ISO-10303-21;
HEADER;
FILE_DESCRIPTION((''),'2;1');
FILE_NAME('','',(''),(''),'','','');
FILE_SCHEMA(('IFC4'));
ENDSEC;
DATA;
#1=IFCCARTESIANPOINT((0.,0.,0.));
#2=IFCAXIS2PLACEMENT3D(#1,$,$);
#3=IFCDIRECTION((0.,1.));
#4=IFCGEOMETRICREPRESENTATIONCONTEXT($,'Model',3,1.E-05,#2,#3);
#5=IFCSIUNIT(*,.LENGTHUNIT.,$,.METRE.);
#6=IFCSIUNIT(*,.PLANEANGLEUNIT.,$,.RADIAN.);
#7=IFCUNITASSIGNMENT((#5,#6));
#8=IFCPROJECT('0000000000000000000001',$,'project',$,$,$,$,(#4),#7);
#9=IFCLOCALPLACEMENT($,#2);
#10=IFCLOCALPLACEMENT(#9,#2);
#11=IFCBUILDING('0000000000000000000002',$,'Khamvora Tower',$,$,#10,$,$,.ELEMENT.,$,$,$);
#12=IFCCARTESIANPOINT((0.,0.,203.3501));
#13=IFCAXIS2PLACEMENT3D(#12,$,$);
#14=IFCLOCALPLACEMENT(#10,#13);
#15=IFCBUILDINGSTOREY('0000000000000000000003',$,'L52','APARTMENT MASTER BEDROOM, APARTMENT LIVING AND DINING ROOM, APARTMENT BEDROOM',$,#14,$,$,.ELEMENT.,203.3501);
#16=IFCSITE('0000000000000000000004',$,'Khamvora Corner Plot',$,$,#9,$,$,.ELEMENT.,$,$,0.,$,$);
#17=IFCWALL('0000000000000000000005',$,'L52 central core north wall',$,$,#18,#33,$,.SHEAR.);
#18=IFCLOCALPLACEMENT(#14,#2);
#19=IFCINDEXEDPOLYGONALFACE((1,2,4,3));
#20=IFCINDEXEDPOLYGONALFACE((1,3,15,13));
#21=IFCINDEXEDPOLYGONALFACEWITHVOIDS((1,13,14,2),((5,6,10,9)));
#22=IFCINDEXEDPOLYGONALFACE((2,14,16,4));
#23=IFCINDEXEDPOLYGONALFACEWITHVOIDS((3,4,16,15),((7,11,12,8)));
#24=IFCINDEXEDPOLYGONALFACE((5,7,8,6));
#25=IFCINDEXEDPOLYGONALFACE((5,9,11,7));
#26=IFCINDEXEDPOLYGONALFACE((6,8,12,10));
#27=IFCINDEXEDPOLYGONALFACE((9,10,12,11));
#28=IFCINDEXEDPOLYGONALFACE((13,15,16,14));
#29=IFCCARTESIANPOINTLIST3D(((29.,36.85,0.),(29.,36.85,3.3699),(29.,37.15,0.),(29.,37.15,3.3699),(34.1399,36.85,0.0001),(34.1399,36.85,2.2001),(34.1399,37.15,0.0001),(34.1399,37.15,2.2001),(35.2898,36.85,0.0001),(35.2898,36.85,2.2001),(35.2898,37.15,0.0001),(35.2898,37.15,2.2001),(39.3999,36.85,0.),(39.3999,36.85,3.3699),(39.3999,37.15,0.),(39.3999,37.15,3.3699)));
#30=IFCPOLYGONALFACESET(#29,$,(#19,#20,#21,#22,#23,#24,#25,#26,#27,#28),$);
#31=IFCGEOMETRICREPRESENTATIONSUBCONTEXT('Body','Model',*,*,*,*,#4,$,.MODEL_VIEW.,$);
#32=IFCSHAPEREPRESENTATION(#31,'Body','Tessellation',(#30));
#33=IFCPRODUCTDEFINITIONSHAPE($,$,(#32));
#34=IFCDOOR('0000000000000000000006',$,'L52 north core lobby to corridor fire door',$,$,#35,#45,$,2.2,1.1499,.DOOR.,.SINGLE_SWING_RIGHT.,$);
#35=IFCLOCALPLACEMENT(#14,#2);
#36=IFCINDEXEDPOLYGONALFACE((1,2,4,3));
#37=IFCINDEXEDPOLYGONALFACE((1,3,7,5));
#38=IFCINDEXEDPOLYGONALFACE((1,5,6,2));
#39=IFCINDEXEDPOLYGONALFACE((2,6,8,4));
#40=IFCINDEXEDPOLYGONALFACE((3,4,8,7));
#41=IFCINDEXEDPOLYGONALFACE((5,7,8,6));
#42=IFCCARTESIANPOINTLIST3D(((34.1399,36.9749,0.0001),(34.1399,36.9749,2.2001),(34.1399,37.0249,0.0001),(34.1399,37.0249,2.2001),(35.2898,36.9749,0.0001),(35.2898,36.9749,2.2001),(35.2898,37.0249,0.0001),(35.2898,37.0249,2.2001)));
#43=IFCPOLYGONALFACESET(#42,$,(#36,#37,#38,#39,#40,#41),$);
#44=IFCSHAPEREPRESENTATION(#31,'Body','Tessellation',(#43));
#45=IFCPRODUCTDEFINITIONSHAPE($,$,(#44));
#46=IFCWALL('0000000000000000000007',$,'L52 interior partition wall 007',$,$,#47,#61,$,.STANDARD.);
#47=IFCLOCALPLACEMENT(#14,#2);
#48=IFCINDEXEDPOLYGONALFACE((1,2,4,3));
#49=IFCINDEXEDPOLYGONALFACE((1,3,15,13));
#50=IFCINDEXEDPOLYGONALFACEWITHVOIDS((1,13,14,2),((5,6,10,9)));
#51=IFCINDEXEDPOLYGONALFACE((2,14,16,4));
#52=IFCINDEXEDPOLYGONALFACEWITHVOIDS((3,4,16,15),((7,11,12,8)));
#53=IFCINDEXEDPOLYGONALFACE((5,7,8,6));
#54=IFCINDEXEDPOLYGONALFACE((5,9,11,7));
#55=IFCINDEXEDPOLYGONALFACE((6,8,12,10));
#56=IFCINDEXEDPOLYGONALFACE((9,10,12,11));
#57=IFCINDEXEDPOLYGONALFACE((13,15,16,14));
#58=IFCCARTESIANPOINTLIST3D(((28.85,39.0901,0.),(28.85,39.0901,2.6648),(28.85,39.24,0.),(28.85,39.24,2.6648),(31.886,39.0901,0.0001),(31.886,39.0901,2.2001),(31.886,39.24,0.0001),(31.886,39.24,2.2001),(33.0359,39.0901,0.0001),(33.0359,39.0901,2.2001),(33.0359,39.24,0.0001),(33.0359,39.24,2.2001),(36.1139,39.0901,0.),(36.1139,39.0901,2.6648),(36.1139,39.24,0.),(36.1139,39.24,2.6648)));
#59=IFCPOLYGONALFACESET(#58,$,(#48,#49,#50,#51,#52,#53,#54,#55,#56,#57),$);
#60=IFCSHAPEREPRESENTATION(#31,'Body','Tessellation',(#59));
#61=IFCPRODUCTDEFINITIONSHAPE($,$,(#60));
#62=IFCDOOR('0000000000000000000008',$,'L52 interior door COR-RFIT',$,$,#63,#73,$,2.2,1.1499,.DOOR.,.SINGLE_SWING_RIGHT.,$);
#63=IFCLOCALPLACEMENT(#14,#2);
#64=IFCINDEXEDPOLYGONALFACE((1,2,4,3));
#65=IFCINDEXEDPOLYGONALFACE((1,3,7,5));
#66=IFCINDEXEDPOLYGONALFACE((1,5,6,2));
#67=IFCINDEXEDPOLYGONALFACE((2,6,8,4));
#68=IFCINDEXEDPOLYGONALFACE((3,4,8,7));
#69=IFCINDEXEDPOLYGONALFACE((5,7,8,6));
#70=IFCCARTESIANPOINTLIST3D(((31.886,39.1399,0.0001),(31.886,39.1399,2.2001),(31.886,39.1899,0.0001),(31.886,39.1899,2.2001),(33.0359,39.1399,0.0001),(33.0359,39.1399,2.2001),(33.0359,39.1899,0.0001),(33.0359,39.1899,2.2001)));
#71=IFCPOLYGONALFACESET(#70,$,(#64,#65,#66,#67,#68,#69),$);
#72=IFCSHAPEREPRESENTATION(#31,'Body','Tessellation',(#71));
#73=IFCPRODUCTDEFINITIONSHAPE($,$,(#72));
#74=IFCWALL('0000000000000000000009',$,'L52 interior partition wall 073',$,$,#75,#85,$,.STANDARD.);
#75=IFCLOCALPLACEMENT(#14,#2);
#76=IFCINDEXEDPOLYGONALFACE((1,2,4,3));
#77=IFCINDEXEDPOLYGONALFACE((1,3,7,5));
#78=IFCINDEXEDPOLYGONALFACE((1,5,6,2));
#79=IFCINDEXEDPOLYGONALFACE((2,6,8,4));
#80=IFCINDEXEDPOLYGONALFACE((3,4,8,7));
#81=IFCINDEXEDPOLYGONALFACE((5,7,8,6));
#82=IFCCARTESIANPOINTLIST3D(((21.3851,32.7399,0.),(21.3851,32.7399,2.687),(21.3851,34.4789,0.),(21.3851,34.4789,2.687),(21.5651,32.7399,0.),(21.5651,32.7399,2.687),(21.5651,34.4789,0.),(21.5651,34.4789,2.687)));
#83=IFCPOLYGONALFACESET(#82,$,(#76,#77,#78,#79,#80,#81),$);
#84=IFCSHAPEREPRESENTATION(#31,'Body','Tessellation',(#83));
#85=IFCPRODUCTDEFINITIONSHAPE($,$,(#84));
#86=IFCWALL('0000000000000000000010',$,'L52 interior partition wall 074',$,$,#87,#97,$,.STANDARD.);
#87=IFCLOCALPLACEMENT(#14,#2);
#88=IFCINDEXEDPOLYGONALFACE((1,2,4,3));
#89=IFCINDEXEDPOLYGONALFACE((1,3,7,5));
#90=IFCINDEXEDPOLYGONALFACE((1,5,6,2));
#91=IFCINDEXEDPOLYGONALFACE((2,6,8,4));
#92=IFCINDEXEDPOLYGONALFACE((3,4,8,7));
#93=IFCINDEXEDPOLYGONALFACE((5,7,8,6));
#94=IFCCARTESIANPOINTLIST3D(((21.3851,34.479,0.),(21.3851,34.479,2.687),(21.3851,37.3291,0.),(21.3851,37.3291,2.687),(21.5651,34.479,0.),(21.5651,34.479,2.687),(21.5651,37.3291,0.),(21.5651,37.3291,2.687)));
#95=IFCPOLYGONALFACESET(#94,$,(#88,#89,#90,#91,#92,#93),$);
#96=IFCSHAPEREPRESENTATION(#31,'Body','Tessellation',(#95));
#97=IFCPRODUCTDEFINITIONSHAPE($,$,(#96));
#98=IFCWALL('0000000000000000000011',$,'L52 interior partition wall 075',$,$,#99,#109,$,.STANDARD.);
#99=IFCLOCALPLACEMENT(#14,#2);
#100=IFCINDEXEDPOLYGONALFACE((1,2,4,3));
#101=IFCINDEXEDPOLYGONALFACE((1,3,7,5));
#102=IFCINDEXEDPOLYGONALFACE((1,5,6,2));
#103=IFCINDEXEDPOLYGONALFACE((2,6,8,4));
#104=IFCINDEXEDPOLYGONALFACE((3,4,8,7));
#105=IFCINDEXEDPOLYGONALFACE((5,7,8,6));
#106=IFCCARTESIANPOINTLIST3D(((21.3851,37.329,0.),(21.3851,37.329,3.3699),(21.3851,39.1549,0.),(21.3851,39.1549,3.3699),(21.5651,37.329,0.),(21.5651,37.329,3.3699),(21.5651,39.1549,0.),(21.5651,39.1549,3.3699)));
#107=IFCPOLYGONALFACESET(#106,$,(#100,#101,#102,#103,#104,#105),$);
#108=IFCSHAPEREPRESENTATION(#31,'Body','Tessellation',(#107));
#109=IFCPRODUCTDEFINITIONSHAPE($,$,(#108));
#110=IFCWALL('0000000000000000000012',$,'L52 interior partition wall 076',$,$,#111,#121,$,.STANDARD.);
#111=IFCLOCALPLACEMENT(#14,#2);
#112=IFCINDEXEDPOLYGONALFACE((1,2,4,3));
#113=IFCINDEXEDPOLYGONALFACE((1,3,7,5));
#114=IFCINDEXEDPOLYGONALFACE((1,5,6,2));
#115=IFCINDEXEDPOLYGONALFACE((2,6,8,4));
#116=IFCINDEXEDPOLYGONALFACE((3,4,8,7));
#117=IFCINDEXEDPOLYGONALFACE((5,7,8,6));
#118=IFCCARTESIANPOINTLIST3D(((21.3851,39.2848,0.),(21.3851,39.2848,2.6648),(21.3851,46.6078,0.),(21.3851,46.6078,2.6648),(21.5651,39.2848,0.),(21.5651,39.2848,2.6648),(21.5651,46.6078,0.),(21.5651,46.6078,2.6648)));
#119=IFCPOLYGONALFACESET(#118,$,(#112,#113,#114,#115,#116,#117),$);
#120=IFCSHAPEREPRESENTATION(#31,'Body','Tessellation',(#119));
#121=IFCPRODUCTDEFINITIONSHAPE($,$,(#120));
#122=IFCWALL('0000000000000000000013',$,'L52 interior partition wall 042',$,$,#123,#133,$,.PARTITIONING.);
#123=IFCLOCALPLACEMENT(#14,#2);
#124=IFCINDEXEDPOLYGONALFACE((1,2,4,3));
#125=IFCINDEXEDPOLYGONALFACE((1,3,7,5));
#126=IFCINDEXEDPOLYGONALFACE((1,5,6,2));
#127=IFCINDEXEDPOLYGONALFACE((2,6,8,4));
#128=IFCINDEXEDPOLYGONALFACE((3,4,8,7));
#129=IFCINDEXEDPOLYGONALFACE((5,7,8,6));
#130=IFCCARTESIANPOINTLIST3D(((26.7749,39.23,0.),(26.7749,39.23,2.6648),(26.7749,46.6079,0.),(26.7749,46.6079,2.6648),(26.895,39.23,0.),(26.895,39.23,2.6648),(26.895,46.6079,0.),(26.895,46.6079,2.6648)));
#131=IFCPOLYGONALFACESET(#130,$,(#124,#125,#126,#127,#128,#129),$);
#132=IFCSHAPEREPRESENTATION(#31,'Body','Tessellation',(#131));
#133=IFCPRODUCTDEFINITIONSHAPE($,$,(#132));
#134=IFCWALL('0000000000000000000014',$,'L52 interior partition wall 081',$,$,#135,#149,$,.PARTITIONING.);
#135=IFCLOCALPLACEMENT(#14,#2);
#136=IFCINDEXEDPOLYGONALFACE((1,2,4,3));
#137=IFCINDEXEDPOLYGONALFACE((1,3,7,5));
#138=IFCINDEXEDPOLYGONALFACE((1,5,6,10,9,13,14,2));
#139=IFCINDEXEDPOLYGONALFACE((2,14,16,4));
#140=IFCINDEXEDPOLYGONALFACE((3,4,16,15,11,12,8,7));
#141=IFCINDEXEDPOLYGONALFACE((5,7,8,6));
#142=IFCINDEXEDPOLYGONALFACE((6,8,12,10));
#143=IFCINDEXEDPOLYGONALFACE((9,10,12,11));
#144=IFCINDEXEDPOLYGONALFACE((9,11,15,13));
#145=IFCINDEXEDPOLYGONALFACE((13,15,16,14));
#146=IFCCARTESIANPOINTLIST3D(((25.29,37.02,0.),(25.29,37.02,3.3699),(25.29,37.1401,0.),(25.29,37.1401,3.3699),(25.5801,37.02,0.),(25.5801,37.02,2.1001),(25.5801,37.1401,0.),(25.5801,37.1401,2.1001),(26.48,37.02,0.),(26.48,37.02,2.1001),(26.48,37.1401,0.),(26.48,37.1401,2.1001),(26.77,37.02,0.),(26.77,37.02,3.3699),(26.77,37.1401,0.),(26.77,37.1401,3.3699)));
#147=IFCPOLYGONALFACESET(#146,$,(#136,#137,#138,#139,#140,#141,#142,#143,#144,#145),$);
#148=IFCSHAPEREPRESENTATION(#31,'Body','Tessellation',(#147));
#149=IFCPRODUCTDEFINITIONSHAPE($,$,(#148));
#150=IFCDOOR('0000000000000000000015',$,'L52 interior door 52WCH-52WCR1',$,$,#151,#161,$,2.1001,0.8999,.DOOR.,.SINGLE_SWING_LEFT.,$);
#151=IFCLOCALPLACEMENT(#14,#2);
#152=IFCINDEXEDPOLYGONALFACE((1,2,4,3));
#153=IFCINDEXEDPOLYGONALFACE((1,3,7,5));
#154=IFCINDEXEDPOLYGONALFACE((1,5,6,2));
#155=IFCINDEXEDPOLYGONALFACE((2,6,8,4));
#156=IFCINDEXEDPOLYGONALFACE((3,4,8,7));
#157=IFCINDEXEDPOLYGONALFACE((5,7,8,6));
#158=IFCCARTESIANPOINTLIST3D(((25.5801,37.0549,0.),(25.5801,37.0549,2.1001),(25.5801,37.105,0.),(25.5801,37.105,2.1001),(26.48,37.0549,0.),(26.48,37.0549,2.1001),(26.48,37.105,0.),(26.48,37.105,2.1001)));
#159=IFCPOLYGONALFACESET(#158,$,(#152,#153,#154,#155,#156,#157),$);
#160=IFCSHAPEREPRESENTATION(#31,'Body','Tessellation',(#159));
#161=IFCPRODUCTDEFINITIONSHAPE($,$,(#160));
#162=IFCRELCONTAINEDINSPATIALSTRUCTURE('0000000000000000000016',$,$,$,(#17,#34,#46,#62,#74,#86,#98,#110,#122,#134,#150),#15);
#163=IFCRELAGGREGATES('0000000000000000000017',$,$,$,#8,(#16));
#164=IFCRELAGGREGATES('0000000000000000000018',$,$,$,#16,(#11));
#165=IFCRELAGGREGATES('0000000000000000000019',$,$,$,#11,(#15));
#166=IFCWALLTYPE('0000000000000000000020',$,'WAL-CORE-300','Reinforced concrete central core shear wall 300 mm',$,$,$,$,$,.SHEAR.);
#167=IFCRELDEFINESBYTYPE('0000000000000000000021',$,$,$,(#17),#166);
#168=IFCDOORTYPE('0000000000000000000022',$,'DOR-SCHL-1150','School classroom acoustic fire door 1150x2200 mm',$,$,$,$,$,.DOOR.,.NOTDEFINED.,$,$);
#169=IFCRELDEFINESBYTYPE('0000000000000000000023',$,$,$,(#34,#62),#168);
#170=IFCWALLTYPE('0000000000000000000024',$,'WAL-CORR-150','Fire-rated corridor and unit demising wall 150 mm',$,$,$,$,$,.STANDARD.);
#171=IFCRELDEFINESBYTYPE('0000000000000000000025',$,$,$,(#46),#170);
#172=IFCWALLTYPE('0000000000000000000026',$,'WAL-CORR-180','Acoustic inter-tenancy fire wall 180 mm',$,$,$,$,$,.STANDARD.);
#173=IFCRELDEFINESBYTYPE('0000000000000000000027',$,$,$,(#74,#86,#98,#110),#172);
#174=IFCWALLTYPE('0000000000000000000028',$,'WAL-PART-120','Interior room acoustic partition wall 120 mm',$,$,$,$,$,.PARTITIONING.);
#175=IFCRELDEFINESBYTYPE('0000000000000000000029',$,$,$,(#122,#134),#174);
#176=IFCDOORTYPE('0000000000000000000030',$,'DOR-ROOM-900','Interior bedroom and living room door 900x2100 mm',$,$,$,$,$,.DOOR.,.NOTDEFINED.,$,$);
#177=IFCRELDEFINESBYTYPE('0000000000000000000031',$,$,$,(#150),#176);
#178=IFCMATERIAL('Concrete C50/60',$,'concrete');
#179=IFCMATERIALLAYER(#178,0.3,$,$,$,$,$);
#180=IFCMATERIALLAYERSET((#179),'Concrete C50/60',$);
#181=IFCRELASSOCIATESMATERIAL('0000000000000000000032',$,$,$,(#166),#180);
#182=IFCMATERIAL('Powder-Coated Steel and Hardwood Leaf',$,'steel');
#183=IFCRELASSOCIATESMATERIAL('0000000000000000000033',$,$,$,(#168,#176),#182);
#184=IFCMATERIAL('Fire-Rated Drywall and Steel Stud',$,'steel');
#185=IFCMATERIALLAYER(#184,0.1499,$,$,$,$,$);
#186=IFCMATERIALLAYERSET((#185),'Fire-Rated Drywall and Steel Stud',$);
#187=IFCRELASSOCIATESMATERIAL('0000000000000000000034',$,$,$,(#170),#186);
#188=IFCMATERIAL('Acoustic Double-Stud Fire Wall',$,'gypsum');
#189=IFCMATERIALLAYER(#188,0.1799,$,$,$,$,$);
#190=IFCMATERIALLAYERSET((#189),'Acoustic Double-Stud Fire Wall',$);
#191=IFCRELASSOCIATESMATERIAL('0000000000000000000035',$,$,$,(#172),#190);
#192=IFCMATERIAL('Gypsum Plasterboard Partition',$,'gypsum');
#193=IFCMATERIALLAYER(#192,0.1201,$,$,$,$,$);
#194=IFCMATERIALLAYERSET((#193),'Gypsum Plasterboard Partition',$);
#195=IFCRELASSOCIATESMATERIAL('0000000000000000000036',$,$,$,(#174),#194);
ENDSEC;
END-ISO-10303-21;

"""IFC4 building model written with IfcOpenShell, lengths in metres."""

from ifc_helpers import new_model, si_unit, direction, frame, frame_2d, origin, place, context, subcontext, project, spatial, rectangle, extrude, material, layer, layer_set, type_object, element, fill, save


model = new_model("IFC4")

# Units and contexts
model_context = context("Model", 3, precision=1e-05, world=origin(), true_north=direction((0.0, 1.0)))
body_context = subcontext(model_context, "Body", "Model", "MODEL_VIEW")
ifc_project = project(units=[si_unit("LENGTHUNIT", "METRE"), si_unit("PLANEANGLEUNIT", "RADIAN")], contexts=[model_context])

# Site, building, storey
site_placement = place(None, origin())
site = spatial("IfcSite", under=ifc_project, at=site_placement, Name="Khamvora Corner Plot", CompositionType="ELEMENT", RefElevation=0.0)
building_placement = place(site_placement, origin())
building = spatial("IfcBuilding", under=site, at=building_placement, Name="Khamvora Tower", CompositionType="ELEMENT")
storey_placement = place(building_placement, frame((0.0, 0.0, 203.3501)))
storey = spatial("IfcBuildingStorey", under=building, at=storey_placement, Name="L52", Description="APARTMENT MASTER BEDROOM, APARTMENT LIVING AND DINING ROOM, APARTMENT BEDROOM", CompositionType="ELEMENT", Elevation=203.3501)

# Walls, openings, doors
ifc_material_1 = material(Name="Concrete C50/60", Category="concrete")
ifc_layer_1 = layer(ifc_material_1, 0.3)
ifc_layer_set_1 = layer_set([ifc_layer_1], Name="Concrete C50/60")
wall_type_1 = type_object("IfcWallType", Name="WAL-CORE-300", Description="Reinforced concrete central core shear wall 300 mm", PredefinedType="SHEAR", material=ifc_layer_set_1)
wall_1_placement = place(storey_placement, frame((29.0, 37.0, 0.0), z_axis=(0.0, 0.0, 1.0), x_axis=(1.0, 0.0, 0.0)))
wall_1 = element("IfcWall", 1, at=wall_1_placement, inside=storey, type_object=wall_type_1, Name="L52 central core north wall", PredefinedType="SHEAR", context=body_context, shape_type="SweptSolid", body=[
    extrude(rectangle(XDim=10.3999, YDim=0.3, at=frame_2d((5.2, 0.0))), origin(), (0.0, 0.0, 1.0), 3.3699),
])
opening_1_placement = place(wall_1_placement, frame((5.1399, 0.0, 0.0)))
opening_1 = element("IfcOpeningElement", 2, at=opening_1_placement, cuts=wall_1, PredefinedType="OPENING", context=body_context, shape_type="SweptSolid", body=[
    extrude(rectangle(XDim=1.1499, YDim=2.2, at=frame_2d((0.575, 1.1001))), frame((0.0, 0.1599, 0.0), z_axis=(0.0, -1.0, 0.0), x_axis=(1.0, 0.0, 0.0)), (0.0, 0.0, 1.0), 0.3201),
])
ifc_material_2 = material(Name="Powder-Coated Steel and Hardwood Leaf", Category="steel")
door_type_1 = type_object("IfcDoorType", Name="DOR-SCHL-1150", Description="School classroom acoustic fire door 1150x2200 mm", OperationType="NOTDEFINED", PredefinedType="DOOR", material=ifc_material_2)
door_1_placement = place(opening_1_placement, origin())
door_1 = element("IfcDoor", 3, at=door_1_placement, inside=storey, type_object=door_type_1, Name="L52 north core lobby to corridor fire door", OperationType="SINGLE_SWING_RIGHT", OverallHeight=2.2, OverallWidth=1.1499, PredefinedType="DOOR", context=body_context, shape_type="SweptSolid", body=[
    extrude(rectangle(XDim=1.1499, YDim=2.2, at=frame_2d((0.575, 1.1001))), frame((0.0, 0.0249, 0.0), z_axis=(0.0, -1.0, 0.0), x_axis=(1.0, 0.0, 0.0)), (0.0, 0.0, 1.0), 0.05),
])
fill(opening_1, door_1)
ifc_material_3 = material(Name="Fire-Rated Drywall and Steel Stud", Category="steel")
ifc_layer_2 = layer(ifc_material_3, 0.1499)
ifc_layer_set_2 = layer_set([ifc_layer_2], Name="Fire-Rated Drywall and Steel Stud")
wall_type_2 = type_object("IfcWallType", Name="WAL-CORR-150", Description="Fire-rated corridor and unit demising wall 150 mm", PredefinedType="STANDARD", material=ifc_layer_set_2)
wall_2_placement = place(storey_placement, frame((28.8501, 39.165, 0.0), z_axis=(0.0, 0.0, 1.0), x_axis=(1.0, 0.0, 0.0)))
wall_2 = element("IfcWall", 4, at=wall_2_placement, inside=storey, type_object=wall_type_2, Name="L52 interior partition wall 007", PredefinedType="STANDARD", context=body_context, shape_type="SweptSolid", body=[
    extrude(rectangle(XDim=7.2639, YDim=0.1499, at=frame_2d((3.6318, 0.0))), origin(), (0.0, 0.0, 1.0), 2.6648),
])
opening_2_placement = place(wall_2_placement, frame((3.0359, 0.0, 0.0)))
opening_2 = element("IfcOpeningElement", 5, at=opening_2_placement, cuts=wall_2, PredefinedType="OPENING", context=body_context, shape_type="SweptSolid", body=[
    extrude(rectangle(XDim=1.1499, YDim=2.2, at=frame_2d((0.575, 1.1001))), frame((0.0, 0.085, 0.0), z_axis=(0.0, -1.0, 0.0), x_axis=(1.0, 0.0, 0.0)), (0.0, 0.0, 1.0), 0.1699),
])
door_2_placement = place(opening_2_placement, origin())
door_2 = element("IfcDoor", 6, at=door_2_placement, inside=storey, type_object=door_type_1, Name="L52 interior door COR-RFIT", OperationType="SINGLE_SWING_RIGHT", OverallHeight=2.2, OverallWidth=1.1499, PredefinedType="DOOR", context=body_context, shape_type="SweptSolid", body=[
    extrude(rectangle(XDim=1.1499, YDim=2.2, at=frame_2d((0.575, 1.1001))), frame((0.0, 0.0249, 0.0), z_axis=(0.0, -1.0, 0.0), x_axis=(1.0, 0.0, 0.0)), (0.0, 0.0, 1.0), 0.05),
])
fill(opening_2, door_2)

# Walls
ifc_material_4 = material(Name="Acoustic Double-Stud Fire Wall", Category="gypsum")
ifc_layer_3 = layer(ifc_material_4, 0.1799)
ifc_layer_set_3 = layer_set([ifc_layer_3], Name="Acoustic Double-Stud Fire Wall")
wall_type_3 = type_object("IfcWallType", Name="WAL-CORR-180", Description="Acoustic inter-tenancy fire wall 180 mm", PredefinedType="STANDARD", material=ifc_layer_set_3)
wall_3_placement = place(storey_placement, frame((21.4751, 34.479, 0.0), z_axis=(0.0, 0.0, 1.0), x_axis=(0.0, -1.0, 0.0)))
element("IfcWall", 7, at=wall_3_placement, inside=storey, type_object=wall_type_3, Name="L52 interior partition wall 073", PredefinedType="STANDARD", context=body_context, shape_type="SweptSolid", body=[
    extrude(rectangle(XDim=1.739, YDim=0.1799, at=frame_2d((0.8696, 0.0))), origin(), (0.0, 0.0, 1.0), 2.687),
])
wall_4_placement = place(storey_placement, frame((21.4751, 37.3291, 0.0), z_axis=(0.0, 0.0, 1.0), x_axis=(0.0, -1.0, 0.0)))
element("IfcWall", 8, at=wall_4_placement, inside=storey, type_object=wall_type_3, Name="L52 interior partition wall 074", PredefinedType="STANDARD", context=body_context, shape_type="SweptSolid", body=[
    extrude(rectangle(XDim=2.8501, YDim=0.1799, at=frame_2d((1.425, 0.0))), origin(), (0.0, 0.0, 1.0), 2.687),
])
wall_5_placement = place(storey_placement, frame((21.4751, 39.155, 0.0), z_axis=(0.0, 0.0, 1.0), x_axis=(0.0, -1.0, 0.0)))
element("IfcWall", 9, at=wall_5_placement, inside=storey, type_object=wall_type_3, Name="L52 interior partition wall 075", PredefinedType="STANDARD", context=body_context, shape_type="SweptSolid", body=[
    extrude(rectangle(XDim=1.8259, YDim=0.1799, at=frame_2d((0.9131, 0.0))), origin(), (0.0, 0.0, 1.0), 3.3699),
])
wall_6_placement = place(storey_placement, frame((21.4751, 46.6079, 0.0), z_axis=(0.0, 0.0, 1.0), x_axis=(0.0, -1.0, 0.0)))
element("IfcWall", 10, at=wall_6_placement, inside=storey, type_object=wall_type_3, Name="L52 interior partition wall 076", PredefinedType="STANDARD", context=body_context, shape_type="SweptSolid", body=[
    extrude(rectangle(XDim=7.323, YDim=0.1799, at=frame_2d((3.6616, 0.0))), origin(), (0.0, 0.0, 1.0), 2.6648),
])
ifc_material_5 = material(Name="Gypsum Plasterboard Partition", Category="gypsum")
ifc_layer_4 = layer(ifc_material_5, 0.1201)
ifc_layer_set_4 = layer_set([ifc_layer_4], Name="Gypsum Plasterboard Partition")
wall_type_4 = type_object("IfcWallType", Name="WAL-PART-120", Description="Interior room acoustic partition wall 120 mm", PredefinedType="PARTITIONING", material=ifc_layer_set_4)
wall_7_placement = place(storey_placement, frame((26.835, 39.23, 0.0), z_axis=(0.0, 0.0, 1.0), x_axis=(0.0, 1.0, 0.0)))
element("IfcWall", 11, at=wall_7_placement, inside=storey, type_object=wall_type_4, Name="L52 interior partition wall 042", PredefinedType="PARTITIONING", context=body_context, shape_type="SweptSolid", body=[
    extrude(rectangle(XDim=7.3779, YDim=0.1201, at=frame_2d((3.689, 0.0))), origin(), (0.0, 0.0, 1.0), 2.6648),
])

# Wall, opening, door
wall_8_placement = place(storey_placement, frame((25.29, 37.0801, 0.0), z_axis=(0.0, 0.0, 1.0), x_axis=(1.0, 0.0, 0.0)))
wall_8 = element("IfcWall", 12, at=wall_8_placement, inside=storey, type_object=wall_type_4, Name="L52 interior partition wall 081", PredefinedType="PARTITIONING", context=body_context, shape_type="SweptSolid", body=[
    extrude(rectangle(XDim=1.48, YDim=0.1201, at=frame_2d((0.74, 0.0))), origin(), (0.0, 0.0, 1.0), 3.3699),
])
opening_3_placement = place(wall_8_placement, frame((0.29, 0.0, 0.0)))
opening_3 = element("IfcOpeningElement", 13, at=opening_3_placement, cuts=wall_8, PredefinedType="OPENING", context=body_context, shape_type="SweptSolid", body=[
    extrude(rectangle(XDim=0.8999, YDim=2.1001, at=frame_2d((0.45, 1.05))), frame((0.0, 0.0701, 0.0), z_axis=(0.0, -1.0, 0.0), x_axis=(1.0, 0.0, 0.0)), (0.0, 0.0, 1.0), 0.1401),
])
door_type_2 = type_object("IfcDoorType", Name="DOR-ROOM-900", Description="Interior bedroom and living room door 900x2100 mm", OperationType="NOTDEFINED", PredefinedType="DOOR", material=ifc_material_2)
door_3_placement = place(opening_3_placement, origin())
door_3 = element("IfcDoor", 14, at=door_3_placement, inside=storey, type_object=door_type_2, Name="L52 interior door 52WCH-52WCR1", OperationType="SINGLE_SWING_LEFT", OverallHeight=2.1001, OverallWidth=0.8999, PredefinedType="DOOR", context=body_context, shape_type="SweptSolid", body=[
    extrude(rectangle(XDim=0.8999, YDim=2.1001, at=frame_2d((0.45, 1.05))), frame((0.0, 0.0249, 0.0), z_axis=(0.0, -1.0, 0.0), x_axis=(1.0, 0.0, 0.0)), (0.0, 0.0, 1.0), 0.05),
])
fill(opening_3, door_3)

save(model, "model.ifc")
